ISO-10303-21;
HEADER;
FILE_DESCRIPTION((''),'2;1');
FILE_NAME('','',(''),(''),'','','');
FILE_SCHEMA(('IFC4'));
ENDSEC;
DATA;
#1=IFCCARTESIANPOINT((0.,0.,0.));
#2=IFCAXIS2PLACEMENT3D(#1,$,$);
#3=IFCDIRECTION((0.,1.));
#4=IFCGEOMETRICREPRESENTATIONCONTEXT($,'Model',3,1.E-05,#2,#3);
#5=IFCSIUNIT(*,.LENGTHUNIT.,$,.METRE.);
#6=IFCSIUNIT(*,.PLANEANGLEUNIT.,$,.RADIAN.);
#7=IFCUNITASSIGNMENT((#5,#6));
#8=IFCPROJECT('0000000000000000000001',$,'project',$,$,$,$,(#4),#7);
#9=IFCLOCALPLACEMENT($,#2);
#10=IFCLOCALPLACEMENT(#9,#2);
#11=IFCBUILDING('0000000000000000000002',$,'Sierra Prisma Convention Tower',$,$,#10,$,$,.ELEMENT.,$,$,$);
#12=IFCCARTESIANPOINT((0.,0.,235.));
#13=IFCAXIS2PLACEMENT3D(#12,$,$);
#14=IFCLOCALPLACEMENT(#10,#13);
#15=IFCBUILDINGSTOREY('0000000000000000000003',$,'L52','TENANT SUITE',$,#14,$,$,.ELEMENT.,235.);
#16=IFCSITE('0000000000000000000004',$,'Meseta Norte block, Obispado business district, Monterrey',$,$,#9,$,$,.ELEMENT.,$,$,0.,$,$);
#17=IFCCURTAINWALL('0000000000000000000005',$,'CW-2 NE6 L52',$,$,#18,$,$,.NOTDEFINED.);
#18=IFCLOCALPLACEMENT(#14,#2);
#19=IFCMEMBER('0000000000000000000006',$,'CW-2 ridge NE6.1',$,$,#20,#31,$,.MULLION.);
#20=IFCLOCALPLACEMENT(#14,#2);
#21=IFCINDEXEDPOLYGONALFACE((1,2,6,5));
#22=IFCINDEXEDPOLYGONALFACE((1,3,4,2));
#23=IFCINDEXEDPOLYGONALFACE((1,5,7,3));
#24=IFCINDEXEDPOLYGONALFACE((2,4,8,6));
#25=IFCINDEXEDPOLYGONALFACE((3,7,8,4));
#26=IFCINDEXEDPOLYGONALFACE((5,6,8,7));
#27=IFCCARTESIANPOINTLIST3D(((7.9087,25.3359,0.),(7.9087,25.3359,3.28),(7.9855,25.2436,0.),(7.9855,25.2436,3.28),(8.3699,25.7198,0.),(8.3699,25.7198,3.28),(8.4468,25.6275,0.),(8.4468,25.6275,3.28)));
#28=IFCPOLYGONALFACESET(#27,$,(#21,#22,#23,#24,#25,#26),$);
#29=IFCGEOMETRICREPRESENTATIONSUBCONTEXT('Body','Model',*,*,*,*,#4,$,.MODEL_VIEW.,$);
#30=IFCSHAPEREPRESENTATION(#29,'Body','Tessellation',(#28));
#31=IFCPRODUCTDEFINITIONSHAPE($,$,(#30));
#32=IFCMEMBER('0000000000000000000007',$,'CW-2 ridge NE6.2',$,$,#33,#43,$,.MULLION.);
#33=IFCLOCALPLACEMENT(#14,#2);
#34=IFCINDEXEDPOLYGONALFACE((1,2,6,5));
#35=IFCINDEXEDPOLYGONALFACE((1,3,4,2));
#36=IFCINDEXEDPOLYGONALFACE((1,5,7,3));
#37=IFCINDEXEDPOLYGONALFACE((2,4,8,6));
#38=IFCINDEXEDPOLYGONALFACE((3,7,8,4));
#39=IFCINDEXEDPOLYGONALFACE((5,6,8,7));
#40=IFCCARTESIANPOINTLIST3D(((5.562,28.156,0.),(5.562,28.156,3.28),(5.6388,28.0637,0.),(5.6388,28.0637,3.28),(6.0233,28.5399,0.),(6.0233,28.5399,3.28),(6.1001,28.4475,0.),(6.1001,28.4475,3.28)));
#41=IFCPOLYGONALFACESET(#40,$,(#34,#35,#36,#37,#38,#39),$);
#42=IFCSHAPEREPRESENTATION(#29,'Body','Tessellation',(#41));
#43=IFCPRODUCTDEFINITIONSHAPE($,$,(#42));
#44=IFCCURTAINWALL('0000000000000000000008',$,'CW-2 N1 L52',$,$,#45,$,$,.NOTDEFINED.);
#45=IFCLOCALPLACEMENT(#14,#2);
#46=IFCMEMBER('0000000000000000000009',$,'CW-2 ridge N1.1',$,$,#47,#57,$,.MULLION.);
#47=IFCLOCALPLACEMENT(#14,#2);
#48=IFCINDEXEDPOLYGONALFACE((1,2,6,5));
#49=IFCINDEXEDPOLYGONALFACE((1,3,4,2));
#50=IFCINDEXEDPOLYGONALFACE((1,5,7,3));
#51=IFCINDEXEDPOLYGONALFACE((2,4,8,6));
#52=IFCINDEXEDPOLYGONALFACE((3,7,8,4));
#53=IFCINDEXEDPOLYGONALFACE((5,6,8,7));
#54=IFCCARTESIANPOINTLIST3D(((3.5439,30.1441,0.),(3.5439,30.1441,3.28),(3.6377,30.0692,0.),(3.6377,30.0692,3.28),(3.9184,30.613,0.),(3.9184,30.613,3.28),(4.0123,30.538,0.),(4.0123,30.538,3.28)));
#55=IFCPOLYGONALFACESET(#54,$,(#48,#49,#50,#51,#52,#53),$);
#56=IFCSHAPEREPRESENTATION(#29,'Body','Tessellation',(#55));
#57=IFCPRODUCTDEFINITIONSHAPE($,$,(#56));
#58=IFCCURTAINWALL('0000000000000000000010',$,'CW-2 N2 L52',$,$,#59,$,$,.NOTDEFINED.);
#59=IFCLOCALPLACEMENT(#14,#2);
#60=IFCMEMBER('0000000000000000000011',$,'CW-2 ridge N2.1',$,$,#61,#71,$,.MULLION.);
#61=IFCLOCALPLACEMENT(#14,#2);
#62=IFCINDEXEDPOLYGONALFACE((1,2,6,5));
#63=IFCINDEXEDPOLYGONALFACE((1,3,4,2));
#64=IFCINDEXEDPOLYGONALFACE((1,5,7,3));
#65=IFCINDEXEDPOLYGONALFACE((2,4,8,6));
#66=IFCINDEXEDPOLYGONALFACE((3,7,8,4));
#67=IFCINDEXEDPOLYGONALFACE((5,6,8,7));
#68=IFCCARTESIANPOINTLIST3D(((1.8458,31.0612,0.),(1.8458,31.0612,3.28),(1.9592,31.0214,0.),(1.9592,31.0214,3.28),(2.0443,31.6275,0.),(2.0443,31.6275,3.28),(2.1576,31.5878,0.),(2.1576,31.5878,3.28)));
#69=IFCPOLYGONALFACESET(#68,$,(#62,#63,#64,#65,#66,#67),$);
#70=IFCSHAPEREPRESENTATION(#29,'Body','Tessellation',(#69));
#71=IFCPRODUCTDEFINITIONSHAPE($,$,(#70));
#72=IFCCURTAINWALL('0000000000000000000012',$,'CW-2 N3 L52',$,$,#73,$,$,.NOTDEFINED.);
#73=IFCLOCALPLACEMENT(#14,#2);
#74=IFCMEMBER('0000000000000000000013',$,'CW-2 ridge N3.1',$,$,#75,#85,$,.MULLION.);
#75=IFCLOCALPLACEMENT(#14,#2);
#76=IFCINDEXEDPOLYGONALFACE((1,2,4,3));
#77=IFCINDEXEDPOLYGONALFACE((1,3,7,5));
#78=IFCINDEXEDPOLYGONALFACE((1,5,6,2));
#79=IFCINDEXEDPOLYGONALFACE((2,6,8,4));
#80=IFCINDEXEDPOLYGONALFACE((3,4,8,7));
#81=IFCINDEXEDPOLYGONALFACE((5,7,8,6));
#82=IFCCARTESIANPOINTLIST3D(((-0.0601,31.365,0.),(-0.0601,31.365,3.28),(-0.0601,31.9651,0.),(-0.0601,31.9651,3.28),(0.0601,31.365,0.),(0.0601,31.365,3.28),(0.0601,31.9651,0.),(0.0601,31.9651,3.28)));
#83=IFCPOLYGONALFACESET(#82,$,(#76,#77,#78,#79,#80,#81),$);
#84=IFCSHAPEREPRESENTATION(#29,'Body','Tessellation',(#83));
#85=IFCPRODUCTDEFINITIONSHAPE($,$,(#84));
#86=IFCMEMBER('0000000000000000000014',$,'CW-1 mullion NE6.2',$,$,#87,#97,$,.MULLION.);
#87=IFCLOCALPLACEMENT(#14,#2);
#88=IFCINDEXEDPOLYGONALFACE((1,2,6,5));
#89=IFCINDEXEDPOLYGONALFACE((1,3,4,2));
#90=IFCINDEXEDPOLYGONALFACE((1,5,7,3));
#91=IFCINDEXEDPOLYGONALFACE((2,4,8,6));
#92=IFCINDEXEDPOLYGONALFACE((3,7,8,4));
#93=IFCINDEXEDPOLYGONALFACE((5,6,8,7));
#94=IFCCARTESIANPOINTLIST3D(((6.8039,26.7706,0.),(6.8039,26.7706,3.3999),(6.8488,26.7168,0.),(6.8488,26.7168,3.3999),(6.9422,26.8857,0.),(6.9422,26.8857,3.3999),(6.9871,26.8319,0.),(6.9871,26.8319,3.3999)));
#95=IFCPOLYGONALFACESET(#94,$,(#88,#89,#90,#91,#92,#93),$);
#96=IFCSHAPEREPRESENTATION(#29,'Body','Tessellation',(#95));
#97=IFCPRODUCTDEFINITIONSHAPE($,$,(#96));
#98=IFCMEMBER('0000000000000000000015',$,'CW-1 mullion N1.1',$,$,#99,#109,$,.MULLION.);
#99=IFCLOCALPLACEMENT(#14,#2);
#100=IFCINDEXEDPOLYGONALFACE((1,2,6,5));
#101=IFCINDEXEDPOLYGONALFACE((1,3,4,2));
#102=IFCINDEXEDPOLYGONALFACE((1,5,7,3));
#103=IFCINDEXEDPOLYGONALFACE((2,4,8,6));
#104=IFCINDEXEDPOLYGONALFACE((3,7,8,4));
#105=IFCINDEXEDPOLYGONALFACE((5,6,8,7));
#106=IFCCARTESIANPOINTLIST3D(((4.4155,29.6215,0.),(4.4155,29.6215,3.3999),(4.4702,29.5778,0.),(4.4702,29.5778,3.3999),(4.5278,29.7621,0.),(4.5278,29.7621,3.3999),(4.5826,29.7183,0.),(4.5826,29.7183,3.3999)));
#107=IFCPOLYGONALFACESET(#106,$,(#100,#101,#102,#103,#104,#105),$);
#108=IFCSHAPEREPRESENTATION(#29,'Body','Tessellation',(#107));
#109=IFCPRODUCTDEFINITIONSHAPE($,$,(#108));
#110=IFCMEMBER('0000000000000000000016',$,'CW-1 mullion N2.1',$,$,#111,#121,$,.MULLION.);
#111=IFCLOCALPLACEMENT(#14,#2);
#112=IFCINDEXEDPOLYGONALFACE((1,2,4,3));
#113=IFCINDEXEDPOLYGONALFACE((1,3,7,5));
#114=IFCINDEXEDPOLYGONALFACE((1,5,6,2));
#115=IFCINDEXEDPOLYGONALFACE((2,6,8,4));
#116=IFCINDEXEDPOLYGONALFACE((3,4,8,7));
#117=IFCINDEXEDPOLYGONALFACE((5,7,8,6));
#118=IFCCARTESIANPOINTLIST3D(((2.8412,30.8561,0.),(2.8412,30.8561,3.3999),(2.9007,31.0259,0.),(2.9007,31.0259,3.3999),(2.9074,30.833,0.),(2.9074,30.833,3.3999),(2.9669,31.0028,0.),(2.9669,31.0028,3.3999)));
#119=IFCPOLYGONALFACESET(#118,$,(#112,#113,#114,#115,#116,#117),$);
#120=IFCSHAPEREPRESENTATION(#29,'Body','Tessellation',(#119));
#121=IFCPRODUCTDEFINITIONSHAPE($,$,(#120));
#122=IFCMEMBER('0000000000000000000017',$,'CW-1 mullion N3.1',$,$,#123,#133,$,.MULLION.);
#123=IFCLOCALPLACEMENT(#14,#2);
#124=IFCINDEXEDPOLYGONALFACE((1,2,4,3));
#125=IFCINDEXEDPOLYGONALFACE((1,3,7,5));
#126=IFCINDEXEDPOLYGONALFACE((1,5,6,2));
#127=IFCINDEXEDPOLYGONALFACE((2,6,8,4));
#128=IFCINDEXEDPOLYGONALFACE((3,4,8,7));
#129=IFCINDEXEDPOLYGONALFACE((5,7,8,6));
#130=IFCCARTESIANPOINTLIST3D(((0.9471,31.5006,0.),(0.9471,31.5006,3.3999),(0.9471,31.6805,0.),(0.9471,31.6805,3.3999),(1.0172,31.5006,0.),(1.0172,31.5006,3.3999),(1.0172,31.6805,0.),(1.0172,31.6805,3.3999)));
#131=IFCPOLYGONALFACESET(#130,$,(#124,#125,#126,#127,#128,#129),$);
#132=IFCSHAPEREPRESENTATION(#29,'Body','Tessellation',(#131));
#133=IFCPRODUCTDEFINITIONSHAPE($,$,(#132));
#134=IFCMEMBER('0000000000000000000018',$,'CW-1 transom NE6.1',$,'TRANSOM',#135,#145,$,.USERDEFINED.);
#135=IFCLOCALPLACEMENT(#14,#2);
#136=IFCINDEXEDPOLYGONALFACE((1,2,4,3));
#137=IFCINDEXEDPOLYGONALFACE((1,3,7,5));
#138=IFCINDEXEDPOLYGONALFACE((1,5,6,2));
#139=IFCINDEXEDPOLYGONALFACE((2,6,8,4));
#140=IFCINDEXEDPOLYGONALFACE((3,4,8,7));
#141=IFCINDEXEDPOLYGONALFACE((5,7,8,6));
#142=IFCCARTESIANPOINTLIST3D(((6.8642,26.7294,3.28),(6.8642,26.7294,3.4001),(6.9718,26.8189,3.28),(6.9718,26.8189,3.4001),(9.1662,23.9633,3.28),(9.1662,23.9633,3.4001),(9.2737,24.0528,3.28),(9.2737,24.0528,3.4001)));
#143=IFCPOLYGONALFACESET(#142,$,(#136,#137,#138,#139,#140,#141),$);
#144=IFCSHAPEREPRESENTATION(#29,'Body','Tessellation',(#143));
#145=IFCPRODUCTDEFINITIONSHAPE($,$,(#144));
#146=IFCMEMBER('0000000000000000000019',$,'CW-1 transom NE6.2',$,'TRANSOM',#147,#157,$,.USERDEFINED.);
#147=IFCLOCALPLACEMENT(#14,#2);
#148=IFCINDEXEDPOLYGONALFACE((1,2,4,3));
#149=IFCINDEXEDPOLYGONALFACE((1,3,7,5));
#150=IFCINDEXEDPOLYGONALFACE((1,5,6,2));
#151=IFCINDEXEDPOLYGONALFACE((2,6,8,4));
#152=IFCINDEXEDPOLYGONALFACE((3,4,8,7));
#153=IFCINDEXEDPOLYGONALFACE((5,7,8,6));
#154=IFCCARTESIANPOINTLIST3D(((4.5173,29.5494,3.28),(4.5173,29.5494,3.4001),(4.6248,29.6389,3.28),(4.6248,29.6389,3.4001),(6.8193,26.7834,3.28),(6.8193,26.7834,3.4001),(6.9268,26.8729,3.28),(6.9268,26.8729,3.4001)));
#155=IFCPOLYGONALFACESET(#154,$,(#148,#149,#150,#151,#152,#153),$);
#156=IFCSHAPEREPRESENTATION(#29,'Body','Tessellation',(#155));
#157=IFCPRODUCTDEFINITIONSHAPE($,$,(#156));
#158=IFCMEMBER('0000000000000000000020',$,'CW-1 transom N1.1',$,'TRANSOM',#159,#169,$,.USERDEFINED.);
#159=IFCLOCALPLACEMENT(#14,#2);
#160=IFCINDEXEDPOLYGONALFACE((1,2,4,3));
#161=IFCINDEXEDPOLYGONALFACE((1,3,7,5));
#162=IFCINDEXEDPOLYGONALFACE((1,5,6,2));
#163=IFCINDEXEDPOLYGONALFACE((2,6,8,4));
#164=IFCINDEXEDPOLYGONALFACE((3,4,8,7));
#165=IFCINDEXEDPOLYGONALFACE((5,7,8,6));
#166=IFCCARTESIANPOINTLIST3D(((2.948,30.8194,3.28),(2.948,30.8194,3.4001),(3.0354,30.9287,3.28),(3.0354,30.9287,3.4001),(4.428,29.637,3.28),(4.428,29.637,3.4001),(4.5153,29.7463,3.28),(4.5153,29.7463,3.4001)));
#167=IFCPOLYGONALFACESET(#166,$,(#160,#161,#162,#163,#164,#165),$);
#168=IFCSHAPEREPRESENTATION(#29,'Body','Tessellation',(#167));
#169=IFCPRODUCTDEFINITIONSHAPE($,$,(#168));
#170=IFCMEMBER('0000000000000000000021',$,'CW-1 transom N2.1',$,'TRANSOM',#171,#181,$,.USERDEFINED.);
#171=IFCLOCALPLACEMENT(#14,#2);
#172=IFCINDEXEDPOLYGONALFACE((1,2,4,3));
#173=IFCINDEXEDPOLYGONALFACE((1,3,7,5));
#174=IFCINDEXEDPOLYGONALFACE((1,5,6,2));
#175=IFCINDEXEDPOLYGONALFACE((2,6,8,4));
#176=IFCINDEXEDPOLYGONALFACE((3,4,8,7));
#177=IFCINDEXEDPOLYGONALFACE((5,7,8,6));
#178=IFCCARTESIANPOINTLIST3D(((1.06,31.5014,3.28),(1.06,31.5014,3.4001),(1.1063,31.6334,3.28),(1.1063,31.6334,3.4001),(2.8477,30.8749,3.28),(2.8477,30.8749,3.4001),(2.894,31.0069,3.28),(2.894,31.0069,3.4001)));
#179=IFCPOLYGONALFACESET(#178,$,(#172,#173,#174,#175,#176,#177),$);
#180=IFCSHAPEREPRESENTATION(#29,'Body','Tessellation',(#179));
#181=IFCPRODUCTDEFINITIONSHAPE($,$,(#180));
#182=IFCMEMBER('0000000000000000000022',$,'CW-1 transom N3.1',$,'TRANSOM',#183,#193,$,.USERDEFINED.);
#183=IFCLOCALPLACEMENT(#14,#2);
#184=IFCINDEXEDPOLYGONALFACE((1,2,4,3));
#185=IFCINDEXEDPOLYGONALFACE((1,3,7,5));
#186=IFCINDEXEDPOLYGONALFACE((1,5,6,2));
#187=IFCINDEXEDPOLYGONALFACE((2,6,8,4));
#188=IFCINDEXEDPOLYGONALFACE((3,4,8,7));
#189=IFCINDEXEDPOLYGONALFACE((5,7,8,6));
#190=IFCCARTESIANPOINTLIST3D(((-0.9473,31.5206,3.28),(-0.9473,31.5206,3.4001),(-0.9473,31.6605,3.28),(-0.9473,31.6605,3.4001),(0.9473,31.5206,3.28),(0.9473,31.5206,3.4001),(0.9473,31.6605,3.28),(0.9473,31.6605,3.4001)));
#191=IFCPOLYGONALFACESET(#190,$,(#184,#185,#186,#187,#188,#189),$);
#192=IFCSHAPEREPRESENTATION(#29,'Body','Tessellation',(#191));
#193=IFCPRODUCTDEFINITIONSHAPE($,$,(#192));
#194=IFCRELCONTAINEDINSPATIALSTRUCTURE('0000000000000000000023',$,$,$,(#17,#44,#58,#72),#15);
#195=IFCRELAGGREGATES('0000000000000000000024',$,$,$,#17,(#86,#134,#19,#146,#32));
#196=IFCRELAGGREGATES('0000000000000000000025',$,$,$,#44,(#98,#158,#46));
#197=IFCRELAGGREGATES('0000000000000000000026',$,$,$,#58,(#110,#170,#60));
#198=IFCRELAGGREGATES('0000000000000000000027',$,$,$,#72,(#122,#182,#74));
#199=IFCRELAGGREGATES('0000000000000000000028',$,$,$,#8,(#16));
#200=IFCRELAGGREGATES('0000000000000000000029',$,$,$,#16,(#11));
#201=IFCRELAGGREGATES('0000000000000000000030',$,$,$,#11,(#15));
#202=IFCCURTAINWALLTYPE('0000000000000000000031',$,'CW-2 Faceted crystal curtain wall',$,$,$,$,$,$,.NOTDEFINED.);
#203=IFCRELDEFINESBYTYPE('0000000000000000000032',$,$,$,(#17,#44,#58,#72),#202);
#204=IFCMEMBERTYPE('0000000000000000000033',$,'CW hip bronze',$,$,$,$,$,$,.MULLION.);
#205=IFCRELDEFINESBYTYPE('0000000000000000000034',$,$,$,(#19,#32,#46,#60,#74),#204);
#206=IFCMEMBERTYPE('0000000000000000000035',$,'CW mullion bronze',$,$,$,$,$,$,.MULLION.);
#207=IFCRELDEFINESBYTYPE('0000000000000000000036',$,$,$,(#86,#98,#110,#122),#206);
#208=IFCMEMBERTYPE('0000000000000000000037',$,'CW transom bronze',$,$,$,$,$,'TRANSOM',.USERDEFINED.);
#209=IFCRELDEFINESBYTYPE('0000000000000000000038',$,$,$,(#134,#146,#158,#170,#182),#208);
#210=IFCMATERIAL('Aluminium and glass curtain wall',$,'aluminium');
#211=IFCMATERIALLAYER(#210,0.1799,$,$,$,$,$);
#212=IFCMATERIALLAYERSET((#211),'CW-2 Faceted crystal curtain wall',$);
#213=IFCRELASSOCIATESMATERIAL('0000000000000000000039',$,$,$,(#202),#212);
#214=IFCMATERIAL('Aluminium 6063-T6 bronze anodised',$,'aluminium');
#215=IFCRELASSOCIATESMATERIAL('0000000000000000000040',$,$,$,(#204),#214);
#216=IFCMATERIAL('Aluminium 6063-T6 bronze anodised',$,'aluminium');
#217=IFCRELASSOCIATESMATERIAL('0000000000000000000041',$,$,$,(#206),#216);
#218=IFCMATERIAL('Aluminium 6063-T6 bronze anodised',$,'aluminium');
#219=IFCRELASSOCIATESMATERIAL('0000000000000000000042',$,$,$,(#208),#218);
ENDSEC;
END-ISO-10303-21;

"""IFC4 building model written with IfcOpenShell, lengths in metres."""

from ifc_helpers import new_model, si_unit, direction, frame, origin, origin_2d, place, context, subcontext, project, spatial, rectangle, extrude, material, layer, layer_set, material_profile, profile_set, type_object, element, aggregate, save


model = new_model("IFC4")

# Units and contexts
model_context = context("Model", 3, precision=1e-05, world=origin(), true_north=direction((0.0, 1.0)))
body_context = subcontext(model_context, "Body", "Model", "MODEL_VIEW")
ifc_project = project(units=[si_unit("LENGTHUNIT", "METRE"), si_unit("PLANEANGLEUNIT", "RADIAN")], contexts=[model_context])

# Site, building, storey
site_placement = place(None, origin())
site = spatial("IfcSite", under=ifc_project, at=site_placement, Name="Meseta Norte block, Obispado business district, Monterrey", CompositionType="ELEMENT", RefElevation=0.0)
building_placement = place(site_placement, origin())
building = spatial("IfcBuilding", under=site, at=building_placement, Name="Sierra Prisma Convention Tower", CompositionType="ELEMENT")
storey_placement = place(building_placement, frame((0.0, 0.0, 235.0)))
storey = spatial("IfcBuildingStorey", under=building, at=storey_placement, Name="L52", Description="TENANT SUITE", CompositionType="ELEMENT", Elevation=235.0)

# Curtain wall, members
ifc_material_1 = material(Name="Aluminium and glass curtain wall", Category="aluminium")
ifc_layer_1 = layer(ifc_material_1, 0.1799)
ifc_layer_set_1 = layer_set([ifc_layer_1], Name="CW-2 Faceted crystal curtain wall")
curtain_wall_type = type_object("IfcCurtainWallType", Name="CW-2 Faceted crystal curtain wall", PredefinedType="NOTDEFINED", material=ifc_layer_set_1)
curtain_wall_1_placement = place(storey_placement, origin())
curtain_wall_1 = element("IfcCurtainWall", 1, at=curtain_wall_1_placement, inside=storey, type_object=curtain_wall_type, Name="CW-2 NE6 L52", PredefinedType="NOTDEFINED")
ifc_material_2 = material(Name="Aluminium 6063-T6 bronze anodised", Category="aluminium")
ifc_material_profile_1 = material_profile(ifc_material_2, rectangle(XDim=0.1201, YDim=0.6001, at=origin_2d()), Name="ALU RIDGE BLADE 120x600")
ifc_profile_set_1 = profile_set([ifc_material_profile_1], Name="Aluminium 6063-T6 bronze anodised")
member_type_1 = type_object("IfcMemberType", Name="CW hip bronze", PredefinedType="MULLION", material=ifc_profile_set_1)
member_1_placement = place(storey_placement, frame((8.1777, 25.4817, 0.0), z_axis=(0.0, 0.0, 1.0), x_axis=(-0.639677, 0.768644, 0.0)))
member_1 = element("IfcMember", 2, at=member_1_placement, type_object=member_type_1, Name="CW-2 ridge NE6.1", PredefinedType="MULLION", context=body_context, shape_type="SweptSolid", body=[
    extrude(rectangle(XDim=0.1201, YDim=0.6001, at=origin_2d()), origin(), (0.0, 0.0, 1.0), 3.28),
])
member_2_placement = place(storey_placement, frame((5.8311, 28.3018, 0.0), z_axis=(0.0, 0.0, 1.0), x_axis=(-0.639677, 0.768644, 0.0)))
member_2 = element("IfcMember", 3, at=member_2_placement, type_object=member_type_1, Name="CW-2 ridge NE6.2", PredefinedType="MULLION", context=body_context, shape_type="SweptSolid", body=[
    extrude(rectangle(XDim=0.1201, YDim=0.6001, at=origin_2d()), origin(), (0.0, 0.0, 1.0), 3.28),
])

# Curtain walls, members
curtain_wall_2_placement = place(storey_placement, origin())
curtain_wall_2 = element("IfcCurtainWall", 4, at=curtain_wall_2_placement, inside=storey, type_object=curtain_wall_type, Name="CW-2 N1 L52", PredefinedType="NOTDEFINED")
member_3_placement = place(storey_placement, frame((3.7781, 30.3411, 0.0), z_axis=(0.0, 0.0, 1.0), x_axis=(-0.781271, 0.624193, 0.0)))
member_3 = element("IfcMember", 5, at=member_3_placement, type_object=member_type_1, Name="CW-2 ridge N1.1", PredefinedType="MULLION", context=body_context, shape_type="SweptSolid", body=[
    extrude(rectangle(XDim=0.1201, YDim=0.6001, at=origin_2d()), origin(), (0.0, 0.0, 1.0), 3.28),
])
curtain_wall_3_placement = place(storey_placement, origin())
curtain_wall_3 = element("IfcCurtainWall", 6, at=curtain_wall_3_placement, inside=storey, type_object=curtain_wall_type, Name="CW-2 N2 L52", PredefinedType="NOTDEFINED")
member_4_placement = place(storey_placement, frame((2.0017, 31.3245, 0.0), z_axis=(0.0, 0.0, 1.0), x_axis=(-0.943735, 0.330703, 0.0)))
member_4 = element("IfcMember", 7, at=member_4_placement, type_object=member_type_1, Name="CW-2 ridge N2.1", PredefinedType="MULLION", context=body_context, shape_type="SweptSolid", body=[
    extrude(rectangle(XDim=0.1201, YDim=0.6001, at=origin_2d()), origin(), (0.0, 0.0, 1.0), 3.28),
])
curtain_wall_4_placement = place(storey_placement, origin())
curtain_wall_4 = element("IfcCurtainWall", 8, at=curtain_wall_4_placement, inside=storey, type_object=curtain_wall_type, Name="CW-2 N3 L52", PredefinedType="NOTDEFINED")
member_5_placement = place(storey_placement, frame((0.0, 31.665, 0.0), z_axis=(0.0, 0.0, 1.0), x_axis=(-1.0, 0.0, 0.0)))
member_5 = element("IfcMember", 9, at=member_5_placement, type_object=member_type_1, Name="CW-2 ridge N3.1", PredefinedType="MULLION", context=body_context, shape_type="SweptSolid", body=[
    extrude(rectangle(XDim=0.1201, YDim=0.6001, at=origin_2d()), origin(), (0.0, 0.0, 1.0), 3.28),
])

# Members
ifc_material_3 = material(Name="Aluminium 6063-T6 bronze anodised", Category="aluminium")
ifc_material_profile_2 = material_profile(ifc_material_3, rectangle(XDim=0.1799, YDim=0.0701, at=origin_2d()), Name="ALU MULLION 70x180")
ifc_profile_set_2 = profile_set([ifc_material_profile_2], Name="Aluminium 6063-T6 bronze anodised")
member_type_2 = type_object("IfcMemberType", Name="CW mullion bronze", PredefinedType="MULLION", material=ifc_profile_set_2)
member_6_placement = place(storey_placement, frame((6.8955, 26.8013, 0.0), z_axis=(0.0, 0.0, 1.0), x_axis=(-0.768644, -0.639677, 0.0)))
member_6 = element("IfcMember", 10, at=member_6_placement, type_object=member_type_2, Name="CW-1 mullion NE6.2", PredefinedType="MULLION", context=body_context, shape_type="SweptSolid", body=[
    extrude(rectangle(XDim=0.1799, YDim=0.0701, at=origin_2d()), origin(), (0.0, 0.0, 1.0), 3.3999),
])
member_7_placement = place(storey_placement, frame((4.499, 29.6699, 0.0), z_axis=(0.0, 0.0, 1.0), x_axis=(-0.624193, -0.781271, 0.0)))
member_7 = element("IfcMember", 11, at=member_7_placement, type_object=member_type_2, Name="CW-1 mullion N1.1", PredefinedType="MULLION", context=body_context, shape_type="SweptSolid", body=[
    extrude(rectangle(XDim=0.1799, YDim=0.0701, at=origin_2d()), origin(), (0.0, 0.0, 1.0), 3.3999),
])
member_8_placement = place(storey_placement, frame((2.9041, 30.9294, 0.0), z_axis=(0.0, 0.0, 1.0), x_axis=(-0.330703, -0.943735, 0.0)))
member_8 = element("IfcMember", 12, at=member_8_placement, type_object=member_type_2, Name="CW-1 mullion N2.1", PredefinedType="MULLION", context=body_context, shape_type="SweptSolid", body=[
    extrude(rectangle(XDim=0.1799, YDim=0.0701, at=origin_2d()), origin(), (0.0, 0.0, 1.0), 3.3999),
])
member_9_placement = place(storey_placement, frame((0.9822, 31.5906, 0.0), z_axis=(0.0, 0.0, 1.0), x_axis=(0.0, -1.0, 0.0)))
member_9 = element("IfcMember", 13, at=member_9_placement, type_object=member_type_2, Name="CW-1 mullion N3.1", PredefinedType="MULLION", context=body_context, shape_type="SweptSolid", body=[
    extrude(rectangle(XDim=0.1799, YDim=0.0701, at=origin_2d()), origin(), (0.0, 0.0, 1.0), 3.3999),
])
ifc_material_4 = material(Name="Aluminium 6063-T6 bronze anodised", Category="aluminium")
ifc_material_profile_3 = material_profile(ifc_material_4, rectangle(XDim=0.1399, YDim=0.1201, at=origin_2d()), Name="ALU TRANSOM 120x140")
ifc_profile_set_3 = profile_set([ifc_material_profile_3], Name="Aluminium 6063-T6 bronze anodised")
member_type_3 = type_object("IfcMemberType", Name="CW transom bronze", ElementType="TRANSOM", PredefinedType="USERDEFINED", material=ifc_profile_set_3)
member_10_placement = place(storey_placement, frame((9.22, 24.0081, 3.3401), z_axis=(-0.639677, 0.768644, 0.0), x_axis=(-0.768644, -0.639677, 0.0)))
member_10 = element("IfcMember", 14, at=member_10_placement, type_object=member_type_3, Name="CW-1 transom NE6.1", ObjectType="TRANSOM", PredefinedType="USERDEFINED", context=body_context, shape_type="SweptSolid", body=[
    extrude(rectangle(XDim=0.1399, YDim=0.1201, at=origin_2d()), origin(), (0.0, 0.0, 1.0), 3.5986),
])
member_11_placement = place(storey_placement, frame((6.873, 26.8281, 3.3401), z_axis=(-0.639677, 0.768644, 0.0), x_axis=(-0.768644, -0.639677, 0.0)))
member_11 = element("IfcMember", 15, at=member_11_placement, type_object=member_type_3, Name="CW-1 transom NE6.2", ObjectType="TRANSOM", PredefinedType="USERDEFINED", context=body_context, shape_type="SweptSolid", body=[
    extrude(rectangle(XDim=0.1399, YDim=0.1201, at=origin_2d()), origin(), (0.0, 0.0, 1.0), 3.5986),
])
member_12_placement = place(storey_placement, frame((4.4717, 29.6917, 3.3401), z_axis=(-0.781284, 0.624176, 0.0), x_axis=(-0.624176, -0.781284, 0.0)))
member_12 = element("IfcMember", 16, at=member_12_placement, type_object=member_type_3, Name="CW-1 transom N1.1", ObjectType="TRANSOM", PredefinedType="USERDEFINED", context=body_context, shape_type="SweptSolid", body=[
    extrude(rectangle(XDim=0.1399, YDim=0.1201, at=origin_2d()), origin(), (0.0, 0.0, 1.0), 1.8943),
])
member_13_placement = place(storey_placement, frame((2.8708, 30.9409, 3.3401), z_axis=(-0.943726, 0.330729, 0.0), x_axis=(-0.330729, -0.943726, 0.0)))
member_13 = element("IfcMember", 17, at=member_13_placement, type_object=member_type_3, Name="CW-1 transom N2.1", ObjectType="TRANSOM", PredefinedType="USERDEFINED", context=body_context, shape_type="SweptSolid", body=[
    extrude(rectangle(XDim=0.1399, YDim=0.1201, at=origin_2d()), origin(), (0.0, 0.0, 1.0), 1.8943),
])
member_14_placement = place(storey_placement, frame((0.9473, 31.5906, 3.3401), z_axis=(-1.0, 0.0, 0.0), x_axis=(0.0, -1.0, 0.0)))
member_14 = element("IfcMember", 18, at=member_14_placement, type_object=member_type_3, Name="CW-1 transom N3.1", ObjectType="TRANSOM", PredefinedType="USERDEFINED", context=body_context, shape_type="SweptSolid", body=[
    extrude(rectangle(XDim=0.1399, YDim=0.1201, at=origin_2d()), origin(), (0.0, 0.0, 1.0), 1.8945),
])

aggregate(curtain_wall_1, [member_6, member_10, member_1, member_11, member_2])
aggregate(curtain_wall_2, [member_7, member_12, member_3])
aggregate(curtain_wall_3, [member_8, member_13, member_4])
aggregate(curtain_wall_4, [member_9, member_14, member_5])

save(model, "model.ifc")
